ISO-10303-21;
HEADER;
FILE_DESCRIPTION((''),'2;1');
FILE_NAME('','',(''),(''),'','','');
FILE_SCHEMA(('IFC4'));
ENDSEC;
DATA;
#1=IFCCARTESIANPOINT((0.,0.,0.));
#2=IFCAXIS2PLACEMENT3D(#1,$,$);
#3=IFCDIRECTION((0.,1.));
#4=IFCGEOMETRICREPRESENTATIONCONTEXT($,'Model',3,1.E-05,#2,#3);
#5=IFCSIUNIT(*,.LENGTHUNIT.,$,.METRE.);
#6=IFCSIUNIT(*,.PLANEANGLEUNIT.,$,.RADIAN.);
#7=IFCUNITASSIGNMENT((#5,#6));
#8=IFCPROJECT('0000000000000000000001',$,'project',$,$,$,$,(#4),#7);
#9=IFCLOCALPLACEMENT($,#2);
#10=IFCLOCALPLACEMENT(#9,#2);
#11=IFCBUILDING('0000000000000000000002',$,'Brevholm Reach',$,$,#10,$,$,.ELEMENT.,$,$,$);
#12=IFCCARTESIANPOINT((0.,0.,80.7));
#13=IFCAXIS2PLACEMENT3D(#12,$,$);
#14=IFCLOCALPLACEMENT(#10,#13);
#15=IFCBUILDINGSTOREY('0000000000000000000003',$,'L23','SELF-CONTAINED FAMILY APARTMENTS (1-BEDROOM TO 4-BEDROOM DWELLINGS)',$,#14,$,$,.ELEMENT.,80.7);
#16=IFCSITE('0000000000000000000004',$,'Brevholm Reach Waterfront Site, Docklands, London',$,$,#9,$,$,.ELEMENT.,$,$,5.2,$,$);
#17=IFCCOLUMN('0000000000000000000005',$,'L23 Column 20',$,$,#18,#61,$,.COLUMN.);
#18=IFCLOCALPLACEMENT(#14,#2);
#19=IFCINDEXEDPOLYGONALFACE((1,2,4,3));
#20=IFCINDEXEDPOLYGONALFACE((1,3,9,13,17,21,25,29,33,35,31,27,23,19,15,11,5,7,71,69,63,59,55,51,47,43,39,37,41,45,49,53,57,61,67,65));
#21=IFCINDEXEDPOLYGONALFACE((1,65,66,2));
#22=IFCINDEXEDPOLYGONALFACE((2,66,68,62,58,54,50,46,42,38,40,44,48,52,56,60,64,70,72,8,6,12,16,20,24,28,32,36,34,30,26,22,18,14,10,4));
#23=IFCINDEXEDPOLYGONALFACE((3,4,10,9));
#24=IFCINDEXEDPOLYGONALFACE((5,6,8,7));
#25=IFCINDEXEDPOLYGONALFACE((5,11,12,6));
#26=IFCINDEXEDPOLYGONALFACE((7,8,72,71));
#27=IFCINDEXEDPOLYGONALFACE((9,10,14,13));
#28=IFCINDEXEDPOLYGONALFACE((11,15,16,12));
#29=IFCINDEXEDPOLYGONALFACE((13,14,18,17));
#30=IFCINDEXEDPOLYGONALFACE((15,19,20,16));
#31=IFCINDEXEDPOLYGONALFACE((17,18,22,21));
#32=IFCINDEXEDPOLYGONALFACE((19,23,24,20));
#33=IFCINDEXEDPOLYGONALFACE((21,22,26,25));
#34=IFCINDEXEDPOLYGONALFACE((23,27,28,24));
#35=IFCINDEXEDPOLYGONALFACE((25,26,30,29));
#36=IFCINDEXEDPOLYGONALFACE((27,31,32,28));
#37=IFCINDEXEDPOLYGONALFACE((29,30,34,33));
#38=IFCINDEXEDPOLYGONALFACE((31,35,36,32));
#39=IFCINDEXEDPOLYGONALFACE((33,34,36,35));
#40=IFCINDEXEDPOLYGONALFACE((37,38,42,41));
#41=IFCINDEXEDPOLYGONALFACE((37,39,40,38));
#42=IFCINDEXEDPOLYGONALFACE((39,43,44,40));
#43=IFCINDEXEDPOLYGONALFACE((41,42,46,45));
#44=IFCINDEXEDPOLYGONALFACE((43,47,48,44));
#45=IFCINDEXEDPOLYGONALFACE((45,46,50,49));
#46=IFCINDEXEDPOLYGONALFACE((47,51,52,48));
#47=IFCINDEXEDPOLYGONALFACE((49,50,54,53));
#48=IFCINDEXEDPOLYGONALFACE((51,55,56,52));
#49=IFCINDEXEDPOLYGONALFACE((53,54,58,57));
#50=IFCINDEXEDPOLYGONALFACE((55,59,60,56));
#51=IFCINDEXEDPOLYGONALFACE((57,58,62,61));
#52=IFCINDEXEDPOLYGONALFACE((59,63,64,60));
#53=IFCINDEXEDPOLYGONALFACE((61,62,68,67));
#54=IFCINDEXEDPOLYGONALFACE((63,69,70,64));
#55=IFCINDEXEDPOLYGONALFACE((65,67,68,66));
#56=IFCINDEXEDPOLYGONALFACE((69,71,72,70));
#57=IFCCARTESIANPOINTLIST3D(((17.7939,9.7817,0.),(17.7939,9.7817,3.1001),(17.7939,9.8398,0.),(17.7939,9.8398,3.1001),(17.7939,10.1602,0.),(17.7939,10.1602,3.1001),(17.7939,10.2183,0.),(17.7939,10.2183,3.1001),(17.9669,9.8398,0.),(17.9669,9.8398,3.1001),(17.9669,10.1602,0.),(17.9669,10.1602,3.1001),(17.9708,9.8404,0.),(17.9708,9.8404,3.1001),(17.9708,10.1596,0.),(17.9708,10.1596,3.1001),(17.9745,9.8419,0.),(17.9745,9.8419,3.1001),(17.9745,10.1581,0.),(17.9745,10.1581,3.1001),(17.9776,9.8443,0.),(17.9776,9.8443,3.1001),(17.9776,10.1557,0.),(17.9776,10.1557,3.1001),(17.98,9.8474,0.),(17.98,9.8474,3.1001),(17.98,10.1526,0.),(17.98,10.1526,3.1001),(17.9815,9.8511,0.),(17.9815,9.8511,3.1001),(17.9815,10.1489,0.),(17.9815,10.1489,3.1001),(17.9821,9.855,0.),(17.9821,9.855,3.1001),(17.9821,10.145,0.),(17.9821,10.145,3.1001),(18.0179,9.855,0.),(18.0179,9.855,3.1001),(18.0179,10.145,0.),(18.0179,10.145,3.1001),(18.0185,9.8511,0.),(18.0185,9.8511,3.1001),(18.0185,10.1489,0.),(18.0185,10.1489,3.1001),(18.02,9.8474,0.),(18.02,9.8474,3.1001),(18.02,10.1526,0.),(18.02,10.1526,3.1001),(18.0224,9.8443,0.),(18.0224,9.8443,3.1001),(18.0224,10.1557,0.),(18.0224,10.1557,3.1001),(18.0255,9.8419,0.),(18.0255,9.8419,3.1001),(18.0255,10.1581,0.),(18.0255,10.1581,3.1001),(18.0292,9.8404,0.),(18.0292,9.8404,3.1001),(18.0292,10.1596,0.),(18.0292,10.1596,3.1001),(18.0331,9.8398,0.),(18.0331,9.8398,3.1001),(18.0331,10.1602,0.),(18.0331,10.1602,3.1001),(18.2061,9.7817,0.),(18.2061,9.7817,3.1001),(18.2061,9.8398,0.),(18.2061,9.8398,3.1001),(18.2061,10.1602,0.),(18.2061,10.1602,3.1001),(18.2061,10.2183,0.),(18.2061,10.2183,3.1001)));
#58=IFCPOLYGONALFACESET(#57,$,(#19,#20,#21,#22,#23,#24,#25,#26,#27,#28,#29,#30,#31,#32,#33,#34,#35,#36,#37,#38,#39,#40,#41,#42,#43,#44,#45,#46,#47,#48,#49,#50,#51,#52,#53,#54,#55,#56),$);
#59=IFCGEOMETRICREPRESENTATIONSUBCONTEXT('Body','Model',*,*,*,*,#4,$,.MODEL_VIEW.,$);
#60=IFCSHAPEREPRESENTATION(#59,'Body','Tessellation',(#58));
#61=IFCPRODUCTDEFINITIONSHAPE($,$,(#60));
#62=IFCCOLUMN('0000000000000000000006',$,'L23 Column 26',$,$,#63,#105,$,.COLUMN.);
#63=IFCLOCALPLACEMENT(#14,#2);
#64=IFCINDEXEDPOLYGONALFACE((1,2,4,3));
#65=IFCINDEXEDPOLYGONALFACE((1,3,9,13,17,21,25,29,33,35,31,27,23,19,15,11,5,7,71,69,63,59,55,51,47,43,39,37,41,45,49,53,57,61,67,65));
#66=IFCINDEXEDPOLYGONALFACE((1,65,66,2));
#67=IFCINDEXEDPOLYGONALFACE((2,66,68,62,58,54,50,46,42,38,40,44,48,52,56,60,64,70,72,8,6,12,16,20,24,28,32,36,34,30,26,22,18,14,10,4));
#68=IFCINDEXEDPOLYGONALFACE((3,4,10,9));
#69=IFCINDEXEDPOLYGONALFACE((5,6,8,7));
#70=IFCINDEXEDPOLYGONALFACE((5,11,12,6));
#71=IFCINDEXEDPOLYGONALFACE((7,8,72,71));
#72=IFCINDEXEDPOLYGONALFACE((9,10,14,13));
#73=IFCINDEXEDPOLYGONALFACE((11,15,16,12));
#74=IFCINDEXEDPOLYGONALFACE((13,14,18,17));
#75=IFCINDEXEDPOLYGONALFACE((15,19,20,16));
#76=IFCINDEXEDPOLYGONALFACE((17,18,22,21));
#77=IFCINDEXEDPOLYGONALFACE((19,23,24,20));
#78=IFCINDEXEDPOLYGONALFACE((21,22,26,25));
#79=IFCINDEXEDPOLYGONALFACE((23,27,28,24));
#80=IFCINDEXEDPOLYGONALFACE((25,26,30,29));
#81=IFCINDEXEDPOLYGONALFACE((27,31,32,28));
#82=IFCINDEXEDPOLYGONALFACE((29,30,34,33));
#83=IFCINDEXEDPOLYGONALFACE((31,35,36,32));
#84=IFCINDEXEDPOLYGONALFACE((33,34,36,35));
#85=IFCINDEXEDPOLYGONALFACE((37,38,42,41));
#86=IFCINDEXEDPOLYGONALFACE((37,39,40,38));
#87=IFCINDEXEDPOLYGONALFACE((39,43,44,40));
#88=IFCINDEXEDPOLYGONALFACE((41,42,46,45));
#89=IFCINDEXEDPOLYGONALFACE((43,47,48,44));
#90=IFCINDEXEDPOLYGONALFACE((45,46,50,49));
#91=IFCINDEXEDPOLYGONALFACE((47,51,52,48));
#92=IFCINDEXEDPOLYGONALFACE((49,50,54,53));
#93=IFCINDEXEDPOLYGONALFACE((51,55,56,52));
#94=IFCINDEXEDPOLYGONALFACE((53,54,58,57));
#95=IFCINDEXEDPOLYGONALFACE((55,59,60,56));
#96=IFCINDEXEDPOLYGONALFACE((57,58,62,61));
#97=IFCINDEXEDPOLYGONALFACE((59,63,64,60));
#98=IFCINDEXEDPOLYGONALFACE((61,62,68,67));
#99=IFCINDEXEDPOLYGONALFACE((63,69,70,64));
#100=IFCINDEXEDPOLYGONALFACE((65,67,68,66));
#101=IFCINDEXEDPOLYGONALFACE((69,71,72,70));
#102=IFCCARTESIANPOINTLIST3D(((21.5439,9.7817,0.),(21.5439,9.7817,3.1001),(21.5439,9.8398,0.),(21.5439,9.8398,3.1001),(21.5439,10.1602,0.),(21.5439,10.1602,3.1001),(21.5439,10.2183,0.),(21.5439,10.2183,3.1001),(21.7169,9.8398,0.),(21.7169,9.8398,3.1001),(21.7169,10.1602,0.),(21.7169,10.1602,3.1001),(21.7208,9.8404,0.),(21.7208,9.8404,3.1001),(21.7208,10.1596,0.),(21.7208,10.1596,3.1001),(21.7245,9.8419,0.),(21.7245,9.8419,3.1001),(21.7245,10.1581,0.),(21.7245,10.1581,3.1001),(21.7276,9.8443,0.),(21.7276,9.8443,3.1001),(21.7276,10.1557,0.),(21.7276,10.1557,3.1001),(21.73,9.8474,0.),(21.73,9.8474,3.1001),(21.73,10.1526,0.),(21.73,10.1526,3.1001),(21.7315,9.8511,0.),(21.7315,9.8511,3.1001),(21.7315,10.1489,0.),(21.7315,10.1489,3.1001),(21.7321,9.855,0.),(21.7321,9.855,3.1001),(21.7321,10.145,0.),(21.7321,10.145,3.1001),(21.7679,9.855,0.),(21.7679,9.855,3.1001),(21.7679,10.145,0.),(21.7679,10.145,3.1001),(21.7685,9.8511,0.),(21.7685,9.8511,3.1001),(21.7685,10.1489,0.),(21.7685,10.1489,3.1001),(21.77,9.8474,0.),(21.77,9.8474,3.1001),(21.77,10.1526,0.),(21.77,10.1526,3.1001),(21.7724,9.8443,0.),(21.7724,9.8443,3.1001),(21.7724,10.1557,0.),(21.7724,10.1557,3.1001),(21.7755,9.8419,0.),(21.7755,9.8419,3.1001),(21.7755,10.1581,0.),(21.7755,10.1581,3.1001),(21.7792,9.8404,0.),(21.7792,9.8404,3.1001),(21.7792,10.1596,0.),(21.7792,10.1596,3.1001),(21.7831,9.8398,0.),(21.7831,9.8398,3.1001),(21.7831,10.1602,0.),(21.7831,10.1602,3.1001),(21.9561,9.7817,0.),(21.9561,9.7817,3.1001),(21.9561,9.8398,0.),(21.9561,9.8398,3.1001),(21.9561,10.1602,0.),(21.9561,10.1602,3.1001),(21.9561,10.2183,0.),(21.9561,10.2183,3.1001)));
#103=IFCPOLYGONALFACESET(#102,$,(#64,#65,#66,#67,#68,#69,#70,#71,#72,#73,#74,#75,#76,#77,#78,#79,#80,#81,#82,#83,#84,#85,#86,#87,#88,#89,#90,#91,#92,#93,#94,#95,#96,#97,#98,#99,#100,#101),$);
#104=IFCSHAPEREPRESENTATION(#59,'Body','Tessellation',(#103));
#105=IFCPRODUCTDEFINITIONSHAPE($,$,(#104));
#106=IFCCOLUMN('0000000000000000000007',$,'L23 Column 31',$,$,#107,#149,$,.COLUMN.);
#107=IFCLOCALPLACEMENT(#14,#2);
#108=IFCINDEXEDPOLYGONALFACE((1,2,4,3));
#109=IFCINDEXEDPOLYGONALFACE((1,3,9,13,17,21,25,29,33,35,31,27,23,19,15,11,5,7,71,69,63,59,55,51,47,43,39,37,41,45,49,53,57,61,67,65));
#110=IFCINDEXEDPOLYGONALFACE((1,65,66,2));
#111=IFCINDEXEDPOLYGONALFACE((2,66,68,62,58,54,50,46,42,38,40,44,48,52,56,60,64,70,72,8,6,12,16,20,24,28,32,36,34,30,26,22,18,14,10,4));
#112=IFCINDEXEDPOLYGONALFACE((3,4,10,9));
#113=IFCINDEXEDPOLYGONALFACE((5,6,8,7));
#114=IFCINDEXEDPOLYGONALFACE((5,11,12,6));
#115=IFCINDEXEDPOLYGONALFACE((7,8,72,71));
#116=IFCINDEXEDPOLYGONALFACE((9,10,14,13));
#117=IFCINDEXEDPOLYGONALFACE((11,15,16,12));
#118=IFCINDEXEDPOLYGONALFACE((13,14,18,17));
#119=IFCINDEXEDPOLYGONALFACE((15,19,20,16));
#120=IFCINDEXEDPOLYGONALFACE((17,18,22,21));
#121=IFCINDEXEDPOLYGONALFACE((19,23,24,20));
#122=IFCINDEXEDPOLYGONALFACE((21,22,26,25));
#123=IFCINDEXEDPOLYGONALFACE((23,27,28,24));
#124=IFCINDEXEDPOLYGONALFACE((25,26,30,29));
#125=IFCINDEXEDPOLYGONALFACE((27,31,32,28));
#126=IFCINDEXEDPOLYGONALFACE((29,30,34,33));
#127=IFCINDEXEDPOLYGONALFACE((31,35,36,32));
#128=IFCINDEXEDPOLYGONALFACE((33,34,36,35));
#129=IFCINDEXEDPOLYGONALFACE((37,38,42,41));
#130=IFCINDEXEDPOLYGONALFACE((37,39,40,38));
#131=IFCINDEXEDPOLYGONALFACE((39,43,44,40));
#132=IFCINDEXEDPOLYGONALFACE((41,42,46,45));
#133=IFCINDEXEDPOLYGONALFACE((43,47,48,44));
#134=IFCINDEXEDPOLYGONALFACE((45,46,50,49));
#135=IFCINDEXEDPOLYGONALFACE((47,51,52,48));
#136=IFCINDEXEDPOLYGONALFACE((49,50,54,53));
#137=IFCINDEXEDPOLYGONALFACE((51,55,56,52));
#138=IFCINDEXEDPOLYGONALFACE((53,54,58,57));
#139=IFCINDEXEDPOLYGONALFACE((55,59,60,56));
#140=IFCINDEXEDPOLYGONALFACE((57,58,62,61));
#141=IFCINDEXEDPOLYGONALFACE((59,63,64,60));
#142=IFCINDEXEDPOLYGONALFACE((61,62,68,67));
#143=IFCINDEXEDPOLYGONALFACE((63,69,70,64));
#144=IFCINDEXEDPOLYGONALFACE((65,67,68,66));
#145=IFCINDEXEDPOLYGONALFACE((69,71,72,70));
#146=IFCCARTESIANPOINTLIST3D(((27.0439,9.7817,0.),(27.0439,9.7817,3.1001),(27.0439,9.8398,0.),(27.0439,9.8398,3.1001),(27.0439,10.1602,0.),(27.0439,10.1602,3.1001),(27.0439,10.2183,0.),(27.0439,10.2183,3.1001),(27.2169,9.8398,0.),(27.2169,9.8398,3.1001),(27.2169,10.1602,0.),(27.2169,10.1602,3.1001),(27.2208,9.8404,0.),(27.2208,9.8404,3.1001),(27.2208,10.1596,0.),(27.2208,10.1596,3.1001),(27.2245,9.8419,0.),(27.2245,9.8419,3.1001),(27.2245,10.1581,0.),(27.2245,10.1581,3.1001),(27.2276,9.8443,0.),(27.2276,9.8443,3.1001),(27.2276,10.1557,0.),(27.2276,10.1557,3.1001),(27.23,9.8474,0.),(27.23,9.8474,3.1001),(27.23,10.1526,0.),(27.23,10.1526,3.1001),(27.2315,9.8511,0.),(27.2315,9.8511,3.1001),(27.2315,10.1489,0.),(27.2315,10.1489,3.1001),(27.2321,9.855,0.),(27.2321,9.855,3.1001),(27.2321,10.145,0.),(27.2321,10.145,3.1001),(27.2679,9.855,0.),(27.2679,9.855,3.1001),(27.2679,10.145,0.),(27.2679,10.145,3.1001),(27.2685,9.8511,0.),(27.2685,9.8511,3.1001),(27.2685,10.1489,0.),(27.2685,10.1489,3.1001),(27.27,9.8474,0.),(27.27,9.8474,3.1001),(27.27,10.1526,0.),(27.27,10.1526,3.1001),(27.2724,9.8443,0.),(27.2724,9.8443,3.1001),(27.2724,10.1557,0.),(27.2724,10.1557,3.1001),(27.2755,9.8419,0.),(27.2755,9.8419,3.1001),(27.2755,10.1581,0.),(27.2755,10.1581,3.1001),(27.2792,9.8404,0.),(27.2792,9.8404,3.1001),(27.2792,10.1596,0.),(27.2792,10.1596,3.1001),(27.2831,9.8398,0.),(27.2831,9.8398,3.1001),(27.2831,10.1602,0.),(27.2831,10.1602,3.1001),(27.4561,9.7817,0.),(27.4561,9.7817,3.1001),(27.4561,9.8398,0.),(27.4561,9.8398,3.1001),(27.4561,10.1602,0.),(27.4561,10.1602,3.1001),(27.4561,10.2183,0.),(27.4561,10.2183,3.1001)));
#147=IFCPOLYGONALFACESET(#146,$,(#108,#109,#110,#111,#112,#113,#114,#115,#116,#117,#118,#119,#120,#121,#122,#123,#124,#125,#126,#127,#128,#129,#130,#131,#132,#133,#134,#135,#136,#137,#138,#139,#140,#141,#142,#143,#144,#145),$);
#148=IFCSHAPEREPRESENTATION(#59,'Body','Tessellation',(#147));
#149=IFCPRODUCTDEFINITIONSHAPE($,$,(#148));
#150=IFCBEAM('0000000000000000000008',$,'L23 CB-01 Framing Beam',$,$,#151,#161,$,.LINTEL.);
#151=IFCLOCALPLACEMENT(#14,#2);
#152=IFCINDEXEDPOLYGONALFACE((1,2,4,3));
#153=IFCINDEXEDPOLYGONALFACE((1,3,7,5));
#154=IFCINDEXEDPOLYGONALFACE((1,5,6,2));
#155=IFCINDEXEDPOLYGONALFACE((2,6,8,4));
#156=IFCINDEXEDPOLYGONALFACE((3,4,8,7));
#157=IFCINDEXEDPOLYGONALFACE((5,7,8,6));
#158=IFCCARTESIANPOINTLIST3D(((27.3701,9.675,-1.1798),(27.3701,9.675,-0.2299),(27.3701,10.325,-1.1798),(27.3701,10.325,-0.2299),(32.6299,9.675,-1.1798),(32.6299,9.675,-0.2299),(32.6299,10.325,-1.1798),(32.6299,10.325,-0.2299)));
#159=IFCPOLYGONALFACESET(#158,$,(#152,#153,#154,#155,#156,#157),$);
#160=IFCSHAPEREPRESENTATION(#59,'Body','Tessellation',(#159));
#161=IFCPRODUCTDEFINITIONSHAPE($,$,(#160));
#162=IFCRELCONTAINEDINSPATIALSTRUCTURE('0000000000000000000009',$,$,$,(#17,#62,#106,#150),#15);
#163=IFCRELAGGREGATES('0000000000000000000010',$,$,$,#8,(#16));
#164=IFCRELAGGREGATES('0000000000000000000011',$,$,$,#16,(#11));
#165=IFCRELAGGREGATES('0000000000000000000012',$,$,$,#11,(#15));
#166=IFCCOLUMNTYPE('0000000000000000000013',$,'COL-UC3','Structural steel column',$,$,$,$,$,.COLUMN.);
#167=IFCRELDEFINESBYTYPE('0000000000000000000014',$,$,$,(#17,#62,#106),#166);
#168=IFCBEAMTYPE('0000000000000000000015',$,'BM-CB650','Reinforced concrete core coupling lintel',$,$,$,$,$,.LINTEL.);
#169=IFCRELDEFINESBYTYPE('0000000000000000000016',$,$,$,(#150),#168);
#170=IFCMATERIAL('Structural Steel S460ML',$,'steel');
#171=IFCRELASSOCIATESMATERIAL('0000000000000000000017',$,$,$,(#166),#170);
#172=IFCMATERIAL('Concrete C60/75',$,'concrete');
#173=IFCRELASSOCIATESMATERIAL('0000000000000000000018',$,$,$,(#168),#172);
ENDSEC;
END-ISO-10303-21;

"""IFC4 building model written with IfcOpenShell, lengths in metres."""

from ifc_helpers import new_model, si_unit, direction, frame, origin, origin_2d, place, context, subcontext, project, spatial, rectangle, i_section, extrude, material, material_profile, profile_set, type_object, element, save


model = new_model("IFC4")

# Units and contexts
model_context = context("Model", 3, precision=1e-05, world=origin(), true_north=direction((0.0, 1.0)))
body_context = subcontext(model_context, "Body", "Model", "MODEL_VIEW")
ifc_project = project(units=[si_unit("LENGTHUNIT", "METRE"), si_unit("PLANEANGLEUNIT", "RADIAN")], contexts=[model_context])

# Site, building, storey
site_placement = place(None, origin())
site = spatial("IfcSite", under=ifc_project, at=site_placement, Name="Brevholm Reach Waterfront Site, Docklands, London", CompositionType="ELEMENT", RefElevation=5.2)
building_placement = place(site_placement, origin())
building = spatial("IfcBuilding", under=site, at=building_placement, Name="Brevholm Reach", CompositionType="ELEMENT")
storey_placement = place(building_placement, frame((0.0, 0.0, 80.7)))
storey = spatial("IfcBuildingStorey", under=building, at=storey_placement, Name="L23", Description="SELF-CONTAINED FAMILY APARTMENTS (1-BEDROOM TO 4-BEDROOM DWELLINGS)", CompositionType="ELEMENT", Elevation=80.7)

# Columns
ifc_material_1 = material(Name="Structural Steel S460ML", Category="steel")
ifc_material_profile_1 = material_profile(ifc_material_1, i_section(OverallWidth=0.4121, OverallDepth=0.4365, WebThickness=0.0359, FlangeThickness=0.0581, FilletRadius=0.0151, at=origin_2d()), Name="UKC 356x406x467")
ifc_profile_set_1 = profile_set([ifc_material_profile_1], Name="Structural Steel S460ML")
column_type = type_object("IfcColumnType", Name="COL-UC3", Description="Structural steel column", PredefinedType="COLUMN", material=ifc_profile_set_1)
for number, where, z_axis, x_axis, name in (
    (1, (18.0, 10.0, 0.0), (0.0, 0.0, 1.0), (1.0, 0.0, 0.0), "L23 Column 20"),
    (2, (21.75, 10.0, 0.0), (0.0, 0.0, 1.0), (1.0, 0.0, 0.0), "L23 Column 26"),
    (3, (27.25, 10.0, 0.0), (0.0, 0.0, 1.0), (1.0, 0.0, 0.0), "L23 Column 31"),
):
    element("IfcColumn", number, at=place(storey_placement, frame(where, z_axis=z_axis, x_axis=x_axis)), inside=storey, type_object=column_type, Name=name, PredefinedType="COLUMN", context=body_context, shape_type="SweptSolid", body=[
        extrude(i_section(OverallWidth=0.4121, OverallDepth=0.4365, WebThickness=0.0359, FlangeThickness=0.0581, FilletRadius=0.0151, at=origin_2d()), origin(), (0.0, 0.0, 1.0), 3.1001),
    ])

# Beam
ifc_material_2 = material(Name="Concrete C60/75", Category="concrete")
ifc_material_profile_2 = material_profile(ifc_material_2, rectangle(XDim=0.6499, YDim=0.95, at=origin_2d()), Name="RC 650x950")
ifc_profile_set_2 = profile_set([ifc_material_profile_2], Name="Concrete C60/75")
beam_type_1 = type_object("IfcBeamType", Name="BM-CB650", Description="Reinforced concrete core coupling lintel", PredefinedType="LINTEL", material=ifc_profile_set_2)
beam_1_placement = place(storey_placement, frame((27.3701, 10.0, -0.7048), z_axis=(1.0, 0.0, 0.0), x_axis=(0.0, 1.0, 0.0)))
element("IfcBeam", 4, at=beam_1_placement, inside=storey, type_object=beam_type_1, Name="L23 CB-01 Framing Beam", PredefinedType="LINTEL", context=body_context, shape_type="SweptSolid", body=[
    extrude(rectangle(XDim=0.6499, YDim=0.95, at=origin_2d()), origin(), (0.0, 0.0, 1.0), 5.2598),
])

save(model, "model.ifc")
